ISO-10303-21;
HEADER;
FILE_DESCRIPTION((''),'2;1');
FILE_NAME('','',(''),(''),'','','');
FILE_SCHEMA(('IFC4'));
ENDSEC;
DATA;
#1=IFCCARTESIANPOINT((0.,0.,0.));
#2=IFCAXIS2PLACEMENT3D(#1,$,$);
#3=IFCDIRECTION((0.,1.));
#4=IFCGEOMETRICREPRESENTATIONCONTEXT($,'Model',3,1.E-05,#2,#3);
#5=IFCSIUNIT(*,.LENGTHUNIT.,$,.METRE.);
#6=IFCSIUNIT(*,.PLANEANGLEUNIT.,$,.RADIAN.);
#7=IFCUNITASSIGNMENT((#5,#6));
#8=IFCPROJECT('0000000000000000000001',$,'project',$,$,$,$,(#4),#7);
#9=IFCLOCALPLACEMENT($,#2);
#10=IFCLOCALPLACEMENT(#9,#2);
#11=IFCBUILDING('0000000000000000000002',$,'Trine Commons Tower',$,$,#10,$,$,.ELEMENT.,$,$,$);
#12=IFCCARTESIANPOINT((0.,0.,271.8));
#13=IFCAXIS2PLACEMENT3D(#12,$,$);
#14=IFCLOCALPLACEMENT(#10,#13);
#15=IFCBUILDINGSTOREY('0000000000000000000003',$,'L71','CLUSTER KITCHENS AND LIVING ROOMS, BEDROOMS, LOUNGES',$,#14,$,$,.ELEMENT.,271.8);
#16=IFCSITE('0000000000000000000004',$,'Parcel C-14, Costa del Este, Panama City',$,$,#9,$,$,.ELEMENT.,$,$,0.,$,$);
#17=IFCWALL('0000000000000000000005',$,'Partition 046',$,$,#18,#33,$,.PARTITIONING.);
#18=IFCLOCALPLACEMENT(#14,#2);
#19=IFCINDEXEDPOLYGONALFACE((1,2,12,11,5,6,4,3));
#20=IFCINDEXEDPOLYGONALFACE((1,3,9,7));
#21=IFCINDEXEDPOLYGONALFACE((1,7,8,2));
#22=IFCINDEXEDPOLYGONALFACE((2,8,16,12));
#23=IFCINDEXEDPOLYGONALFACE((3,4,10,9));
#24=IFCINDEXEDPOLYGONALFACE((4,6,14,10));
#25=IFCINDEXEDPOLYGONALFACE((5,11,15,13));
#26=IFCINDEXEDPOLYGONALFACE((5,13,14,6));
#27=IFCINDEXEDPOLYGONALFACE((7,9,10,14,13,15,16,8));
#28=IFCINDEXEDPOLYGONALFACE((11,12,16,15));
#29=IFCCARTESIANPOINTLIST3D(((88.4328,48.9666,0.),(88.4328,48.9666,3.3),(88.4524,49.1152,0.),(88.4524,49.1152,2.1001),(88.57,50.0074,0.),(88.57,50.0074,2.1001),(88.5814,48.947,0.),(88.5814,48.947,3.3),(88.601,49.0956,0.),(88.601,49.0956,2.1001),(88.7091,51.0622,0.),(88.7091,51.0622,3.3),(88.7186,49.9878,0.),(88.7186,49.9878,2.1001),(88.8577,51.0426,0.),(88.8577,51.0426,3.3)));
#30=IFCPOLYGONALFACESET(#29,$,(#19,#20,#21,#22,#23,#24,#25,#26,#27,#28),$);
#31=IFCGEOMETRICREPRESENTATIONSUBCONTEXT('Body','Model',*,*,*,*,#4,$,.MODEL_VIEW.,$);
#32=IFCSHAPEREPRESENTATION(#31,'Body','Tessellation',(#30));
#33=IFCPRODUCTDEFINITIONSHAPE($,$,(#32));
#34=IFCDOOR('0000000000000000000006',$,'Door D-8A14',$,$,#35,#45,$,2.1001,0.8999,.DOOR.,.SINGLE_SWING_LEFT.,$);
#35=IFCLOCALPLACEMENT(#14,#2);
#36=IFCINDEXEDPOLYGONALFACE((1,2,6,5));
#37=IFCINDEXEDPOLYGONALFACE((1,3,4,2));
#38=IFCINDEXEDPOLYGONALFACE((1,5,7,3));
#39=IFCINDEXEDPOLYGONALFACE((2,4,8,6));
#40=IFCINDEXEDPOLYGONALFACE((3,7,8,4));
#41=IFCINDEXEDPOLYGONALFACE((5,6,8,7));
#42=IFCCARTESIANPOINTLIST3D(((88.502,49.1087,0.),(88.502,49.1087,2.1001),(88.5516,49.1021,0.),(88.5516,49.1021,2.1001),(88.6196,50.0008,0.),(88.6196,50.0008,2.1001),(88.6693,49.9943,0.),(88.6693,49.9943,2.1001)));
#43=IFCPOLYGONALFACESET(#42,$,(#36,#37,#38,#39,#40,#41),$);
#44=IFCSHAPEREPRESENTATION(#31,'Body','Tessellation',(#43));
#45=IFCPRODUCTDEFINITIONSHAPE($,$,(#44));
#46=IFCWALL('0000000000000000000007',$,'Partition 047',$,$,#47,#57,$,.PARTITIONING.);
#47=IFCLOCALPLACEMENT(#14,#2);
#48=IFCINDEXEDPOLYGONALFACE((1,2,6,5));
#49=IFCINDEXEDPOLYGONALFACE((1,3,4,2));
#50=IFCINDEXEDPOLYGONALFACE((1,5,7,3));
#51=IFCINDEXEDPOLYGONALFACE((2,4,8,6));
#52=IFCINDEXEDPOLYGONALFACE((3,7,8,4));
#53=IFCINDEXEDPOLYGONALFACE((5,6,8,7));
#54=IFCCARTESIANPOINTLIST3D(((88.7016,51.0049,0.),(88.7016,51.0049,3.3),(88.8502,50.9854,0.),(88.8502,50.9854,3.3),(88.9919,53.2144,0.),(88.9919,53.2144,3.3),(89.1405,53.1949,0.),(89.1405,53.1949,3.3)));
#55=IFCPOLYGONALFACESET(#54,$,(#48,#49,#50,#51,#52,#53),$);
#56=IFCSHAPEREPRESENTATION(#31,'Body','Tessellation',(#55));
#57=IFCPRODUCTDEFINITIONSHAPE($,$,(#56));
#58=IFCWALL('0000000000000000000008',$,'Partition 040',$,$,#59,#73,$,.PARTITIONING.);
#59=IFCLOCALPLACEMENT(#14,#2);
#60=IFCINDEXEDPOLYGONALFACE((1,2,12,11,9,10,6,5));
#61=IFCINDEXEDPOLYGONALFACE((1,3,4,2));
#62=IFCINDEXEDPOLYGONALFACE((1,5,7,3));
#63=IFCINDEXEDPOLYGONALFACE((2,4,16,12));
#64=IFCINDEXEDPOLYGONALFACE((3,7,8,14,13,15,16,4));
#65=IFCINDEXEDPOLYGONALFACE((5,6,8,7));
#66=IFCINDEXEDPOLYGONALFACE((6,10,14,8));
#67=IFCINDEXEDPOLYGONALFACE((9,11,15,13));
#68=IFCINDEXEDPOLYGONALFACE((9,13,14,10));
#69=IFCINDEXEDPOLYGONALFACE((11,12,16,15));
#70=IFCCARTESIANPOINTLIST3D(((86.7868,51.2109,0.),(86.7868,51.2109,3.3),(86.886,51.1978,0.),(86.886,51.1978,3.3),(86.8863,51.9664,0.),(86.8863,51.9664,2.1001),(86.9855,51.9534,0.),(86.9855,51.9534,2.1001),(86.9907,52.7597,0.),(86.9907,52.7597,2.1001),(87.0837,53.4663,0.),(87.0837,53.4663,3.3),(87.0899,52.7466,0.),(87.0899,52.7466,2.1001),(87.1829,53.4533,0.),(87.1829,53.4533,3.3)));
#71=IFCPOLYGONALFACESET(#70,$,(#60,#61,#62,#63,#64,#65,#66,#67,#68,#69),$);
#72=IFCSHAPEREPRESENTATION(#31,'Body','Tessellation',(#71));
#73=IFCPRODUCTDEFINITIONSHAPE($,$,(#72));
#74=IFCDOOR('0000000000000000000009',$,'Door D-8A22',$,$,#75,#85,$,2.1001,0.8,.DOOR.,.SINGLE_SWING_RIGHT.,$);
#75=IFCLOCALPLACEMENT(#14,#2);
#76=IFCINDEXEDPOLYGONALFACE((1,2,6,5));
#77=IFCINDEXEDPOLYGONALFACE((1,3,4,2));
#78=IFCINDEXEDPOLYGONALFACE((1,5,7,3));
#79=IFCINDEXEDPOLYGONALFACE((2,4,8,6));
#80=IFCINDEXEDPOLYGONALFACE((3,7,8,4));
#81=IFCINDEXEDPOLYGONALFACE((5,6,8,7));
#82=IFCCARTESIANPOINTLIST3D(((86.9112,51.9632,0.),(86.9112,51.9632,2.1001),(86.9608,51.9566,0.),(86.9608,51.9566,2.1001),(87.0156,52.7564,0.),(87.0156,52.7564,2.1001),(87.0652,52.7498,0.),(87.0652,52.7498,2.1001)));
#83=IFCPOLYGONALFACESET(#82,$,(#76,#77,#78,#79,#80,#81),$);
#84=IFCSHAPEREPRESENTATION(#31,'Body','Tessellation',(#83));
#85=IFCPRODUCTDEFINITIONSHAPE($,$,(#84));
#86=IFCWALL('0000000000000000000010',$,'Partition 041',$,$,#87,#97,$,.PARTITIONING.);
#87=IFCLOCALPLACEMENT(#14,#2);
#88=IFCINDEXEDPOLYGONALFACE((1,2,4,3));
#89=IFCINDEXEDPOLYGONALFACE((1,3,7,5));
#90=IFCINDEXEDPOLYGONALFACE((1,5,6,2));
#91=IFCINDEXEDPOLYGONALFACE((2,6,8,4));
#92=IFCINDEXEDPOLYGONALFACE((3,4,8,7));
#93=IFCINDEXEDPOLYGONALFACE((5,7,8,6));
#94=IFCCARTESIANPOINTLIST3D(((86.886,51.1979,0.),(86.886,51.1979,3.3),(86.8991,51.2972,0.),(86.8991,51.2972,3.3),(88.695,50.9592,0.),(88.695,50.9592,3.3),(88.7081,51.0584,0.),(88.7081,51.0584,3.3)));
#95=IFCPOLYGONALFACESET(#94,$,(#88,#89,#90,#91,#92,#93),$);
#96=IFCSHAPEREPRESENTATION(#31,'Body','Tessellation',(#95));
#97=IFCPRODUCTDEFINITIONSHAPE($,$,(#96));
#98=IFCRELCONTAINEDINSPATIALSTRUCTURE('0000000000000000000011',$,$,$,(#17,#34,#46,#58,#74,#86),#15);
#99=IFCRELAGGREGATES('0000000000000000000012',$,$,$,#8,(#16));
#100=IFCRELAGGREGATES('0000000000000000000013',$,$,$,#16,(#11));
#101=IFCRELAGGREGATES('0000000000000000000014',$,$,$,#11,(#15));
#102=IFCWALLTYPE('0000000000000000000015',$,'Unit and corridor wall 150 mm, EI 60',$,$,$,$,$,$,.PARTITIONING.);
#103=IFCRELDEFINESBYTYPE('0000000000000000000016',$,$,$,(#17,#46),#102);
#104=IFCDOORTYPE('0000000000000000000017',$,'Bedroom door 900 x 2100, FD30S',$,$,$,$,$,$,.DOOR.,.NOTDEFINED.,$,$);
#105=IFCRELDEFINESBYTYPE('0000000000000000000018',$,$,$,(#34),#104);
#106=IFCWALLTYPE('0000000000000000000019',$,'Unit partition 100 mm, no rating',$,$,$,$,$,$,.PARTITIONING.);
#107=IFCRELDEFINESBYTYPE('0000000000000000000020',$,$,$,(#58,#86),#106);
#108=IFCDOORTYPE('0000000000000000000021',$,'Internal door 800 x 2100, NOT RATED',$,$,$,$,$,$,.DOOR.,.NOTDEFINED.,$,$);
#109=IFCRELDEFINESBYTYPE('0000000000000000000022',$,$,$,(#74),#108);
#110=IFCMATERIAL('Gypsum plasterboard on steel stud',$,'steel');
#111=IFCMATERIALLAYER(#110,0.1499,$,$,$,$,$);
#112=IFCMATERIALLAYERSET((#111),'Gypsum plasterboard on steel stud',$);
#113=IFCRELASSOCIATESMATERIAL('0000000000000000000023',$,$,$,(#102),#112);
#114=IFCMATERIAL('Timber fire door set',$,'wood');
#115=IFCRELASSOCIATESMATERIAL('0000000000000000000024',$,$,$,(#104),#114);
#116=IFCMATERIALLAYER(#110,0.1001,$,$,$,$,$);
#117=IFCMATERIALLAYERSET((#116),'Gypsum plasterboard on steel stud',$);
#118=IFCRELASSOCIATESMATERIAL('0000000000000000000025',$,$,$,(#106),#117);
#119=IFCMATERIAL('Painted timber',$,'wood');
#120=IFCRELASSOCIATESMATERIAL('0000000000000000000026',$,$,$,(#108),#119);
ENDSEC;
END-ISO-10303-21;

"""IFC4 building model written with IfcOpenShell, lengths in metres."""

from ifc_helpers import new_model, si_unit, direction, frame, frame_2d, origin, place, context, subcontext, project, spatial, rectangle, extrude, material, layer, layer_set, type_object, element, fill, save


model = new_model("IFC4")

# Units and contexts
model_context = context("Model", 3, precision=1e-05, world=origin(), true_north=direction((0.0, 1.0)))
body_context = subcontext(model_context, "Body", "Model", "MODEL_VIEW")
ifc_project = project(units=[si_unit("LENGTHUNIT", "METRE"), si_unit("PLANEANGLEUNIT", "RADIAN")], contexts=[model_context])

# Site, building, storey
site_placement = place(None, origin())
site = spatial("IfcSite", under=ifc_project, at=site_placement, Name="Parcel C-14, Costa del Este, Panama City", CompositionType="ELEMENT", RefElevation=0.0)
building_placement = place(site_placement, origin())
building = spatial("IfcBuilding", under=site, at=building_placement, Name="Trine Commons Tower", CompositionType="ELEMENT")
storey_placement = place(building_placement, frame((0.0, 0.0, 271.8)))
storey = spatial("IfcBuildingStorey", under=building, at=storey_placement, Name="L71", Description="CLUSTER KITCHENS AND LIVING ROOMS, BEDROOMS, LOUNGES", CompositionType="ELEMENT", Elevation=271.8)

# Wall, opening, door
ifc_material_1 = material(Name="Gypsum plasterboard on steel stud", Category="steel")
ifc_layer_1 = layer(ifc_material_1, 0.1499)
ifc_layer_set_1 = layer_set([ifc_layer_1], Name="Gypsum plasterboard on steel stud")
wall_type_1 = type_object("IfcWallType", Name="Unit and corridor wall 150 mm, EI 60", PredefinedType="PARTITIONING", material=ifc_layer_set_1)
wall_1_placement = place(storey_placement, frame((88.5071, 48.9568, 0.0), z_axis=(0.0, 0.0, 1.0), x_axis=(0.130741, 0.991417, 0.0)))
wall_1 = element("IfcWall", 1, at=wall_1_placement, inside=storey, type_object=wall_type_1, Name="Partition 046", PredefinedType="PARTITIONING", context=body_context, shape_type="SweptSolid", body=[
    extrude(rectangle(XDim=2.1138, YDim=0.1499, at=frame_2d((1.0569, 0.0))), origin(), (0.0, 0.0, 1.0), 3.3),
])
opening_1_placement = place(wall_1_placement, frame((0.1499, 0.0, 0.0)))
opening_1 = element("IfcOpeningElement", 2, at=opening_1_placement, cuts=wall_1, PredefinedType="OPENING", context=body_context, shape_type="SweptSolid", body=[
    extrude(rectangle(XDim=0.8999, YDim=2.1001, at=frame_2d((0.45, 1.05))), frame((0.0, 0.085, 0.0), z_axis=(0.0, -1.0, 0.0), x_axis=(1.0, 0.0, 0.0)), (0.0, 0.0, 1.0), 0.1699),
])
ifc_material_2 = material(Name="Timber fire door set", Category="wood")
door_type_1 = type_object("IfcDoorType", Name="Bedroom door 900 x 2100, FD30S", OperationType="NOTDEFINED", PredefinedType="DOOR", material=ifc_material_2)
door_1_placement = place(opening_1_placement, origin())
door_1 = element("IfcDoor", 3, at=door_1_placement, inside=storey, type_object=door_type_1, Name="Door D-8A14", OperationType="SINGLE_SWING_LEFT", OverallHeight=2.1001, OverallWidth=0.8999, PredefinedType="DOOR", context=body_context, shape_type="SweptSolid", body=[
    extrude(rectangle(XDim=0.8999, YDim=2.1001, at=frame_2d((0.45, 1.05))), frame((0.0, 0.0249, 0.0), z_axis=(0.0, -1.0, 0.0), x_axis=(1.0, 0.0, 0.0)), (0.0, 0.0, 1.0), 0.05),
])
fill(opening_1, door_1)

# Wall
wall_2_placement = place(storey_placement, frame((88.7759, 50.9951, 0.0), z_axis=(0.0, 0.0, 1.0), x_axis=(0.130262, 0.99148, 0.0)))
element("IfcWall", 4, at=wall_2_placement, inside=storey, type_object=wall_type_1, Name="Partition 047", PredefinedType="PARTITIONING", context=body_context, shape_type="SweptSolid", body=[
    extrude(rectangle(XDim=2.2285, YDim=0.1499, at=frame_2d((1.1143, 0.0))), origin(), (0.0, 0.0, 1.0), 3.3),
])

# Wall, opening, door
ifc_layer_2 = layer(ifc_material_1, 0.1001)
ifc_layer_set_2 = layer_set([ifc_layer_2], Name="Gypsum plasterboard on steel stud")
wall_type_2 = type_object("IfcWallType", Name="Unit partition 100 mm, no rating", PredefinedType="PARTITIONING", material=ifc_layer_set_2)
wall_3_placement = place(storey_placement, frame((86.8364, 51.2043, 0.0), z_axis=(0.0, 0.0, 1.0), x_axis=(0.130504, 0.991448, 0.0)))
wall_3 = element("IfcWall", 5, at=wall_3_placement, inside=storey, type_object=wall_type_2, Name="Partition 040", PredefinedType="PARTITIONING", context=body_context, shape_type="SweptSolid", body=[
    extrude(rectangle(XDim=2.2749, YDim=0.1001, at=frame_2d((1.1375, 0.0))), origin(), (0.0, 0.0, 1.0), 3.3),
])
opening_2_placement = place(wall_3_placement, frame((0.7622, 0.0, 0.0)))
opening_2 = element("IfcOpeningElement", 6, at=opening_2_placement, cuts=wall_3, PredefinedType="OPENING", context=body_context, shape_type="SweptSolid", body=[
    extrude(rectangle(XDim=0.8, YDim=2.1001, at=frame_2d((0.3999, 1.05))), frame((0.0, 0.0601, 0.0), z_axis=(0.0, -1.0, 0.0), x_axis=(1.0, 0.0, 0.0)), (0.0, 0.0, 1.0), 0.1201),
])
ifc_material_3 = material(Name="Painted timber", Category="wood")
door_type_2 = type_object("IfcDoorType", Name="Internal door 800 x 2100, NOT RATED", OperationType="NOTDEFINED", PredefinedType="DOOR", material=ifc_material_3)
door_2_placement = place(opening_2_placement, origin())
door_2 = element("IfcDoor", 7, at=door_2_placement, inside=storey, type_object=door_type_2, Name="Door D-8A22", OperationType="SINGLE_SWING_RIGHT", OverallHeight=2.1001, OverallWidth=0.8, PredefinedType="DOOR", context=body_context, shape_type="SweptSolid", body=[
    extrude(rectangle(XDim=0.8, YDim=2.1001, at=frame_2d((0.3999, 1.05))), frame((0.0, 0.0249, 0.0), z_axis=(0.0, -1.0, 0.0), x_axis=(1.0, 0.0, 0.0)), (0.0, 0.0, 1.0), 0.05),
])
fill(opening_2, door_2)

# Wall
wall_4_placement = place(storey_placement, frame((86.8926, 51.2476, 0.0), z_axis=(0.0, 0.0, 1.0), x_axis=(0.991402, -0.130849, 0.0)))
element("IfcWall", 8, at=wall_4_placement, inside=storey, type_object=wall_type_2, Name="Partition 041", PredefinedType="PARTITIONING", context=body_context, shape_type="SweptSolid", body=[
    extrude(rectangle(XDim=1.8247, YDim=0.1001, at=frame_2d((0.9124, 0.0))), origin(), (0.0, 0.0, 1.0), 3.3),
])

save(model, "model.ifc")
